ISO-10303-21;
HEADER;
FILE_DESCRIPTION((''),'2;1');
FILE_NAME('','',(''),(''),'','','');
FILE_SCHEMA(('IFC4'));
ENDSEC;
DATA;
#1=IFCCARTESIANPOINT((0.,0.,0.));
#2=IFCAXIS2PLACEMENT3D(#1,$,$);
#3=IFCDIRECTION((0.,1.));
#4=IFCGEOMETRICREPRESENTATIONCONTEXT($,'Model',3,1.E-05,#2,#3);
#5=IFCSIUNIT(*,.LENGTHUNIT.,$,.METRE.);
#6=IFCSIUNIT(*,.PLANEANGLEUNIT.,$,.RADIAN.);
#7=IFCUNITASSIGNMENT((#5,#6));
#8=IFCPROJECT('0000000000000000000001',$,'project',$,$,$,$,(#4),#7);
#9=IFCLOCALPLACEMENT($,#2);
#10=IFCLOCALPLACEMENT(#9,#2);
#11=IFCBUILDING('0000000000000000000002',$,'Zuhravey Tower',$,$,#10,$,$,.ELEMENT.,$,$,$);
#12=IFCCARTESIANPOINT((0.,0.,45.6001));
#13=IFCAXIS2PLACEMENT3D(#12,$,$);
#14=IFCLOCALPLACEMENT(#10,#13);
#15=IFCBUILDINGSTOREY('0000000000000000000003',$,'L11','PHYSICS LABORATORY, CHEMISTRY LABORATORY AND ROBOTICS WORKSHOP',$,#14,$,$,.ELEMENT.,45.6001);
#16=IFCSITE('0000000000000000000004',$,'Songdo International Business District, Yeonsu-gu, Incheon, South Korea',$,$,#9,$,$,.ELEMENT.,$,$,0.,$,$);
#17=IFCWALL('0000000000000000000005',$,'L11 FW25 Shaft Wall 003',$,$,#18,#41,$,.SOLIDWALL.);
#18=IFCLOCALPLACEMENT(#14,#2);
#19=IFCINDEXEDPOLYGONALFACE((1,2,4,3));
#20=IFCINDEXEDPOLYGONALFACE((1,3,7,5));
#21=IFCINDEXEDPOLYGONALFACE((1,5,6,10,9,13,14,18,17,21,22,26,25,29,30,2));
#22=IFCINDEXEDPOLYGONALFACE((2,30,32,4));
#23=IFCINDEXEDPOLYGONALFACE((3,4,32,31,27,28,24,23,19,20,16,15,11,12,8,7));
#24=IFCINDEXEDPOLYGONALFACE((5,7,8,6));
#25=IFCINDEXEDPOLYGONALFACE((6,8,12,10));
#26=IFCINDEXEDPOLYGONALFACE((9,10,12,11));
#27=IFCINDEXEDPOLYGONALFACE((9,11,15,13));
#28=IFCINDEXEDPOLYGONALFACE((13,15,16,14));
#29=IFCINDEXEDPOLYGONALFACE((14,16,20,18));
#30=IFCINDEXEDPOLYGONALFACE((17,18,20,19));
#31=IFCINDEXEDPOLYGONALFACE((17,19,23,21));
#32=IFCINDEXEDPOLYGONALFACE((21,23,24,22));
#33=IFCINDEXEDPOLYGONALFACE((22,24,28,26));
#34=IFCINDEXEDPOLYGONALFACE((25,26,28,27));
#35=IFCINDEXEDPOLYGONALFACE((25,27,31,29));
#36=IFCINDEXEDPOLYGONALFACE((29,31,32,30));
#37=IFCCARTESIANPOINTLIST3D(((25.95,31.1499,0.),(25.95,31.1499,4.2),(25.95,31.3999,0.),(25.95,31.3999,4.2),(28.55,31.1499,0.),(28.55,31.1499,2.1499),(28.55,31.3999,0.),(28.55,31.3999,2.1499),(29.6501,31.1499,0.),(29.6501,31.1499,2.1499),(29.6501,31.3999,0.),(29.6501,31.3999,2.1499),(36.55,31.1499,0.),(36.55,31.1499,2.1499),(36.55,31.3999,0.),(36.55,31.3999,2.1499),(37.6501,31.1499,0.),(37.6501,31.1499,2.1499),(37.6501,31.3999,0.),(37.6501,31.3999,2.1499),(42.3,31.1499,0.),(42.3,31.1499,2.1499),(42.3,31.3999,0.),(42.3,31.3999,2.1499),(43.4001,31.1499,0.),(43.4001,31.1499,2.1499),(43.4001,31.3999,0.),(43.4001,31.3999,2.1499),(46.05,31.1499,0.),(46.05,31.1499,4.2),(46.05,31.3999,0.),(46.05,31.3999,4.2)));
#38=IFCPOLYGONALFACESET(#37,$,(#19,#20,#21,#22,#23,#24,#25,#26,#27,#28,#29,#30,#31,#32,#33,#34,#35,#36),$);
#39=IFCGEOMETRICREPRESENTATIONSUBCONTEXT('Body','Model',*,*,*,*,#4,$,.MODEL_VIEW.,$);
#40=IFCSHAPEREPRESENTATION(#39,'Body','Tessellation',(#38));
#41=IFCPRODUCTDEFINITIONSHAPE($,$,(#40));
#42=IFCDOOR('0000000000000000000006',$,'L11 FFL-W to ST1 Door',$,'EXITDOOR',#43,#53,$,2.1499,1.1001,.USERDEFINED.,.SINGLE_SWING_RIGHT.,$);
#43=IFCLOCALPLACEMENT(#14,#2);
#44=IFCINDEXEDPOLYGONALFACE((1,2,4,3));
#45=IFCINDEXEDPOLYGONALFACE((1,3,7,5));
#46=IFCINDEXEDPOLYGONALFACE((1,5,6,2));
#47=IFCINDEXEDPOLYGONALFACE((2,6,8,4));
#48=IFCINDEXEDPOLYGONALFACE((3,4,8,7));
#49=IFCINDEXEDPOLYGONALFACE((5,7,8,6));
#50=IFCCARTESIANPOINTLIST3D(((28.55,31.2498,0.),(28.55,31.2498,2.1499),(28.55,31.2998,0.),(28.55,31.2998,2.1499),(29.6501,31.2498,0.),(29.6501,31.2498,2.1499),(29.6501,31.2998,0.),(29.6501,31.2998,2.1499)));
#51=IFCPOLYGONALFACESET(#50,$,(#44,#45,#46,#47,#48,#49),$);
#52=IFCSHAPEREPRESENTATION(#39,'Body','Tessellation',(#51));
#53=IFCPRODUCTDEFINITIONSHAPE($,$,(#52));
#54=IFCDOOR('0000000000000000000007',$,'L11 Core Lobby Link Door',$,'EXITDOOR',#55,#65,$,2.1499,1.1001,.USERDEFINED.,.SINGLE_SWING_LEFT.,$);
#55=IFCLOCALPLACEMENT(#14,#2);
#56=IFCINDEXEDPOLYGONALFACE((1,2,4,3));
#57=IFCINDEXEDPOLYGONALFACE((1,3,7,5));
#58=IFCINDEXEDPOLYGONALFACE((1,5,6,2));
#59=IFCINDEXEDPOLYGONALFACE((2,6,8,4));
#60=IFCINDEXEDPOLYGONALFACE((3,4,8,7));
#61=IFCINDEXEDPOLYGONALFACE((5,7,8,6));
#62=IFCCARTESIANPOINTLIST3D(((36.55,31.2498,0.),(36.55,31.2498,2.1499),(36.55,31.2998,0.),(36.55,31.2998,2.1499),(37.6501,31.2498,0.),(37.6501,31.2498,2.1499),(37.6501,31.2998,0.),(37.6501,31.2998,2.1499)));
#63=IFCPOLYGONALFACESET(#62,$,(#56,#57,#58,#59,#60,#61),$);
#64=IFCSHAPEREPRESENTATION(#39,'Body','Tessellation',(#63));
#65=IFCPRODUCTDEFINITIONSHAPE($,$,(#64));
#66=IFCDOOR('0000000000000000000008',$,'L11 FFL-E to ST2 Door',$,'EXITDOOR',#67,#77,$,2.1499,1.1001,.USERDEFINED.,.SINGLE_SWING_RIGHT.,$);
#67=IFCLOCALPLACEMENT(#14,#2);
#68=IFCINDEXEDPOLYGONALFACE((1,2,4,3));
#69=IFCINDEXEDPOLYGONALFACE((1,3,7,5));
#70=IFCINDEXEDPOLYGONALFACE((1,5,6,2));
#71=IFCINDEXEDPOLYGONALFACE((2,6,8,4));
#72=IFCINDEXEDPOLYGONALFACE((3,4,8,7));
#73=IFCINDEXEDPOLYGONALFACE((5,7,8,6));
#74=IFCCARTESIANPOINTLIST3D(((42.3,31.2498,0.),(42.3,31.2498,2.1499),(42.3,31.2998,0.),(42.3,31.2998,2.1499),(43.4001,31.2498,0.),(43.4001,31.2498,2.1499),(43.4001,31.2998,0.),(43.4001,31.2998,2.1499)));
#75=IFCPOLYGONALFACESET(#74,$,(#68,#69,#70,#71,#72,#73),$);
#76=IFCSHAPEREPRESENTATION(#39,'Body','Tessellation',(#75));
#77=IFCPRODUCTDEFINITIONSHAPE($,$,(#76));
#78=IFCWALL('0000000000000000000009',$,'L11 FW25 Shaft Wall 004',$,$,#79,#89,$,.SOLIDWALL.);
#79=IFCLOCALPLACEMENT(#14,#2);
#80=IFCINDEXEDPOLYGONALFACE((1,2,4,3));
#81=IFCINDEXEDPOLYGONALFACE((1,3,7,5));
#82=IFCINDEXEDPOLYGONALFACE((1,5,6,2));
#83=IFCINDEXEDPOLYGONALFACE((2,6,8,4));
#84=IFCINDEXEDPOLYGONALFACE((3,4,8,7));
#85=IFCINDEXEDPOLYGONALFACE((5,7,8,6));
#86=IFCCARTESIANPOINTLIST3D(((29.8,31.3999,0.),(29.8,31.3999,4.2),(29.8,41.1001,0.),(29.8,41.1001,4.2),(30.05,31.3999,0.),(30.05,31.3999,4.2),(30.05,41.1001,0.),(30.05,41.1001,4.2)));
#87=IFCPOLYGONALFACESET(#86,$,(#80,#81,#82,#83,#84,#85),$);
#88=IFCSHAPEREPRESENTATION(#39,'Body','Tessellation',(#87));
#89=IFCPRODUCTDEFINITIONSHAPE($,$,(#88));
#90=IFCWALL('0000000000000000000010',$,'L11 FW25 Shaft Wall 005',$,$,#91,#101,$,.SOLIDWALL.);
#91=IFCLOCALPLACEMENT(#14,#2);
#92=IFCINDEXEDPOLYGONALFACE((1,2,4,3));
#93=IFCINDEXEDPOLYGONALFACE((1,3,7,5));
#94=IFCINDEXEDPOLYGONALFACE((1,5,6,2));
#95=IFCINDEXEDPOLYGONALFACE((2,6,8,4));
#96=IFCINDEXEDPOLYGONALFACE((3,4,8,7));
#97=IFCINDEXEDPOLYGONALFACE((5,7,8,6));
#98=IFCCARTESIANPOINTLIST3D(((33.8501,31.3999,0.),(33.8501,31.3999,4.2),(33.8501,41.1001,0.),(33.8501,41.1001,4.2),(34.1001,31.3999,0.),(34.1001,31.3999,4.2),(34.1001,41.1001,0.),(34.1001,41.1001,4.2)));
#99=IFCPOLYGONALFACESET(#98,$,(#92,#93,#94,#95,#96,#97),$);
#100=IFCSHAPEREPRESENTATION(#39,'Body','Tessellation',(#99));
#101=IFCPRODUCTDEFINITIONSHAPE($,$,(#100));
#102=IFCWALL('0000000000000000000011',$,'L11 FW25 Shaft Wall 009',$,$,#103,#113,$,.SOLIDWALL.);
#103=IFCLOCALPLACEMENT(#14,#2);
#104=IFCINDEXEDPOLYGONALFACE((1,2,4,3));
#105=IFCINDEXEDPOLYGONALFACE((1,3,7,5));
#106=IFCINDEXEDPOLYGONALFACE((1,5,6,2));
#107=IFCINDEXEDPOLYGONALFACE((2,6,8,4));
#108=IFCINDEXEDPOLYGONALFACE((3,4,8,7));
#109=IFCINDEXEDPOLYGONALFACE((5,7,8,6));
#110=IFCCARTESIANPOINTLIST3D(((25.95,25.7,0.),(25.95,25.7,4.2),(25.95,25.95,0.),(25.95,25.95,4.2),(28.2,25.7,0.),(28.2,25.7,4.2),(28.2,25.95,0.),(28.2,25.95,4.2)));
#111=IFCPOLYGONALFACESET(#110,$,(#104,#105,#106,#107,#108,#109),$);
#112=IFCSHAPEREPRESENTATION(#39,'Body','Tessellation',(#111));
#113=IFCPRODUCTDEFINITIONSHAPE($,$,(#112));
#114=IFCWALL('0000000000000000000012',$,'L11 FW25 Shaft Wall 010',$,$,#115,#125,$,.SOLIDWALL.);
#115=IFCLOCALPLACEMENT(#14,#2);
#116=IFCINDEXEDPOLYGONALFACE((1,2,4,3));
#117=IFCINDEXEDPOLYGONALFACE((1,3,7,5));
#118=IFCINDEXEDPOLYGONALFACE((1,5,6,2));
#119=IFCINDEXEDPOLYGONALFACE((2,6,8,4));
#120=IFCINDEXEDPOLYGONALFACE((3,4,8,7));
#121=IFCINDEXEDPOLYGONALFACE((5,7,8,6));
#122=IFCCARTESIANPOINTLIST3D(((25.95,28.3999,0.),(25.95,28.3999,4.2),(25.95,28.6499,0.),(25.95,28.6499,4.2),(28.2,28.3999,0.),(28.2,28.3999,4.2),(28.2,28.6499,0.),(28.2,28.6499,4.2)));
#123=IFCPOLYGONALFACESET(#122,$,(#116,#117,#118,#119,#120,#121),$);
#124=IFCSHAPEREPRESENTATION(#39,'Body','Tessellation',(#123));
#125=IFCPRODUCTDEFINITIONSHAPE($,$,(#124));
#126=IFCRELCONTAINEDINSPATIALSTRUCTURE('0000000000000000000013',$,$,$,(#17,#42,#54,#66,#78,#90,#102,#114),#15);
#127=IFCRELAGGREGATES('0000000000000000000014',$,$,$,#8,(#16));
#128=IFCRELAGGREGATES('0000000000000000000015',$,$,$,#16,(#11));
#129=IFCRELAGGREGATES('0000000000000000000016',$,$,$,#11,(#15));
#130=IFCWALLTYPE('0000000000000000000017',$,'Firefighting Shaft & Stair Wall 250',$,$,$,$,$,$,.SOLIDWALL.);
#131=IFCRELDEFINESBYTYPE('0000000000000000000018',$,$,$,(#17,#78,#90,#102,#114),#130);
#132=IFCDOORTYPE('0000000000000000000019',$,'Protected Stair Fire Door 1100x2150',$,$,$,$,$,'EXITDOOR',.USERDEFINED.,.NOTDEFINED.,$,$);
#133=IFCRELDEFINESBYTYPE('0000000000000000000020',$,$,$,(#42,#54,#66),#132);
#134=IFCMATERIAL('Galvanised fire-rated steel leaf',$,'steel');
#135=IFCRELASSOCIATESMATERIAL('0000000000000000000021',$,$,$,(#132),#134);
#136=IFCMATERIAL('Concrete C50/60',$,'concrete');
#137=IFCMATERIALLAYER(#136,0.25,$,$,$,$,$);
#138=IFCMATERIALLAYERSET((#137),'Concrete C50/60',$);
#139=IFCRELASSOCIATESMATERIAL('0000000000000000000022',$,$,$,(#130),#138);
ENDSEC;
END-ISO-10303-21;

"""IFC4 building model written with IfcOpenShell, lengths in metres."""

from ifc_helpers import new_model, si_unit, direction, frame, frame_2d, origin, place, context, subcontext, project, spatial, rectangle, extrude, material, layer, layer_set, type_object, element, fill, save


model = new_model("IFC4")

# Units and contexts
model_context = context("Model", 3, precision=1e-05, world=origin(), true_north=direction((0.0, 1.0)))
body_context = subcontext(model_context, "Body", "Model", "MODEL_VIEW")
ifc_project = project(units=[si_unit("LENGTHUNIT", "METRE"), si_unit("PLANEANGLEUNIT", "RADIAN")], contexts=[model_context])

# Site, building, storey
site_placement = place(None, origin())
site = spatial("IfcSite", under=ifc_project, at=site_placement, Name="Songdo International Business District, Yeonsu-gu, Incheon, South Korea", CompositionType="ELEMENT", RefElevation=0.0)
building_placement = place(site_placement, origin())
building = spatial("IfcBuilding", under=site, at=building_placement, Name="Zuhravey Tower", CompositionType="ELEMENT")
storey_placement = place(building_placement, frame((0.0, 0.0, 45.6001)))
storey = spatial("IfcBuildingStorey", under=building, at=storey_placement, Name="L11", Description="PHYSICS LABORATORY, CHEMISTRY LABORATORY AND ROBOTICS WORKSHOP", CompositionType="ELEMENT", Elevation=45.6001)

# Shared definitions
ifc_material_1 = material(Name="Galvanised fire-rated steel leaf", Category="steel")
door_type_1 = type_object("IfcDoorType", Name="Protected Stair Fire Door 1100x2150", ElementType="EXITDOOR", OperationType="NOTDEFINED", PredefinedType="USERDEFINED", material=ifc_material_1)
ifc_material_2 = material(Name="Concrete C50/60", Category="concrete")
ifc_layer_1 = layer(ifc_material_2, 0.25)
ifc_layer_set_1 = layer_set([ifc_layer_1], Name="Concrete C50/60")
wall_type_1 = type_object("IfcWallType", Name="Firefighting Shaft & Stair Wall 250", PredefinedType="SOLIDWALL", material=ifc_layer_set_1)

# Wall, openings, doors
wall_1_placement = place(storey_placement, frame((25.95, 31.2749, 0.0), z_axis=(0.0, 0.0, 1.0), x_axis=(1.0, 0.0, 0.0)))
wall_1 = element("IfcWall", 1, at=wall_1_placement, inside=storey, type_object=wall_type_1, Name="L11 FW25 Shaft Wall 003", PredefinedType="SOLIDWALL", context=body_context, shape_type="SweptSolid", body=[
    extrude(rectangle(XDim=20.1001, YDim=0.25, at=frame_2d((10.05, 0.0))), origin(), (0.0, 0.0, 1.0), 4.2),
])
opening_1_placement = place(wall_1_placement, frame((2.6001, 0.0, 0.0)))
opening_1 = element("IfcOpeningElement", 2, at=opening_1_placement, cuts=wall_1, PredefinedType="OPENING", context=body_context, shape_type="SweptSolid", body=[
    extrude(rectangle(XDim=1.1001, YDim=2.1499, at=frame_2d((0.55, 1.075))), frame((0.0, 0.137, 0.0), z_axis=(0.0, -1.0, 0.0), x_axis=(1.0, 0.0, 0.0)), (0.0, 0.0, 1.0), 0.2739),
])
opening_2_placement = place(wall_1_placement, frame((10.6001, 0.0, 0.0)))
opening_2 = element("IfcOpeningElement", 3, at=opening_2_placement, cuts=wall_1, PredefinedType="OPENING", context=body_context, shape_type="SweptSolid", body=[
    extrude(rectangle(XDim=1.1001, YDim=2.1499, at=frame_2d((0.55, 1.075))), frame((0.0, 0.137, 0.0), z_axis=(0.0, -1.0, 0.0), x_axis=(1.0, 0.0, 0.0)), (0.0, 0.0, 1.0), 0.2739),
])
opening_3_placement = place(wall_1_placement, frame((16.3501, 0.0, 0.0)))
opening_3 = element("IfcOpeningElement", 4, at=opening_3_placement, cuts=wall_1, PredefinedType="OPENING", context=body_context, shape_type="SweptSolid", body=[
    extrude(rectangle(XDim=1.1001, YDim=2.1499, at=frame_2d((0.55, 1.075))), frame((0.0, 0.137, 0.0), z_axis=(0.0, -1.0, 0.0), x_axis=(1.0, 0.0, 0.0)), (0.0, 0.0, 1.0), 0.2739),
])
door_1_placement = place(opening_1_placement, origin())
door_1 = element("IfcDoor", 5, at=door_1_placement, inside=storey, type_object=door_type_1, Name="L11 FFL-W to ST1 Door", ObjectType="EXITDOOR", OperationType="SINGLE_SWING_RIGHT", OverallHeight=2.1499, OverallWidth=1.1001, PredefinedType="USERDEFINED", context=body_context, shape_type="SweptSolid", body=[
    extrude(rectangle(XDim=1.1001, YDim=2.1499, at=frame_2d((0.55, 1.075))), frame((0.0, 0.0249, 0.0), z_axis=(0.0, -1.0, 0.0), x_axis=(1.0, 0.0, 0.0)), (0.0, 0.0, 1.0), 0.05),
])
fill(opening_1, door_1)
door_2_placement = place(opening_2_placement, origin())
door_2 = element("IfcDoor", 6, at=door_2_placement, inside=storey, type_object=door_type_1, Name="L11 Core Lobby Link Door", ObjectType="EXITDOOR", OperationType="SINGLE_SWING_LEFT", OverallHeight=2.1499, OverallWidth=1.1001, PredefinedType="USERDEFINED", context=body_context, shape_type="SweptSolid", body=[
    extrude(rectangle(XDim=1.1001, YDim=2.1499, at=frame_2d((0.55, 1.075))), frame((0.0, 0.0249, 0.0), z_axis=(0.0, -1.0, 0.0), x_axis=(1.0, 0.0, 0.0)), (0.0, 0.0, 1.0), 0.05),
])
fill(opening_2, door_2)
door_3_placement = place(opening_3_placement, origin())
door_3 = element("IfcDoor", 7, at=door_3_placement, inside=storey, type_object=door_type_1, Name="L11 FFL-E to ST2 Door", ObjectType="EXITDOOR", OperationType="SINGLE_SWING_RIGHT", OverallHeight=2.1499, OverallWidth=1.1001, PredefinedType="USERDEFINED", context=body_context, shape_type="SweptSolid", body=[
    extrude(rectangle(XDim=1.1001, YDim=2.1499, at=frame_2d((0.55, 1.075))), frame((0.0, 0.0249, 0.0), z_axis=(0.0, -1.0, 0.0), x_axis=(1.0, 0.0, 0.0)), (0.0, 0.0, 1.0), 0.05),
])
fill(opening_3, door_3)

# Walls
for number, where, z_axis, x_axis, name in (
    (8, (29.925, 31.3999, 0.0), (0.0, 0.0, 1.0), (0.0, 1.0, 0.0), "L11 FW25 Shaft Wall 004"),
    (9, (33.9751, 31.3999, 0.0), (0.0, 0.0, 1.0), (0.0, 1.0, 0.0), "L11 FW25 Shaft Wall 005"),
):
    element("IfcWall", number, at=place(storey_placement, frame(where, z_axis=z_axis, x_axis=x_axis)), inside=storey, type_object=wall_type_1, Name=name, PredefinedType="SOLIDWALL", context=body_context, shape_type="SweptSolid", body=[
        extrude(rectangle(XDim=9.7002, YDim=0.25, at=frame_2d((4.8501, 0.0))), origin(), (0.0, 0.0, 1.0), 4.2),
    ])
for number, where, z_axis, x_axis, name in (
    (10, (25.95, 25.825, 0.0), (0.0, 0.0, 1.0), (1.0, 0.0, 0.0), "L11 FW25 Shaft Wall 009"),
    (11, (25.95, 28.5249, 0.0), (0.0, 0.0, 1.0), (1.0, 0.0, 0.0), "L11 FW25 Shaft Wall 010"),
):
    element("IfcWall", number, at=place(storey_placement, frame(where, z_axis=z_axis, x_axis=x_axis)), inside=storey, type_object=wall_type_1, Name=name, PredefinedType="SOLIDWALL", context=body_context, shape_type="SweptSolid", body=[
        extrude(rectangle(XDim=2.25, YDim=0.25, at=frame_2d((1.125, 0.0))), origin(), (0.0, 0.0, 1.0), 4.2),
    ])

save(model, "model.ifc")
